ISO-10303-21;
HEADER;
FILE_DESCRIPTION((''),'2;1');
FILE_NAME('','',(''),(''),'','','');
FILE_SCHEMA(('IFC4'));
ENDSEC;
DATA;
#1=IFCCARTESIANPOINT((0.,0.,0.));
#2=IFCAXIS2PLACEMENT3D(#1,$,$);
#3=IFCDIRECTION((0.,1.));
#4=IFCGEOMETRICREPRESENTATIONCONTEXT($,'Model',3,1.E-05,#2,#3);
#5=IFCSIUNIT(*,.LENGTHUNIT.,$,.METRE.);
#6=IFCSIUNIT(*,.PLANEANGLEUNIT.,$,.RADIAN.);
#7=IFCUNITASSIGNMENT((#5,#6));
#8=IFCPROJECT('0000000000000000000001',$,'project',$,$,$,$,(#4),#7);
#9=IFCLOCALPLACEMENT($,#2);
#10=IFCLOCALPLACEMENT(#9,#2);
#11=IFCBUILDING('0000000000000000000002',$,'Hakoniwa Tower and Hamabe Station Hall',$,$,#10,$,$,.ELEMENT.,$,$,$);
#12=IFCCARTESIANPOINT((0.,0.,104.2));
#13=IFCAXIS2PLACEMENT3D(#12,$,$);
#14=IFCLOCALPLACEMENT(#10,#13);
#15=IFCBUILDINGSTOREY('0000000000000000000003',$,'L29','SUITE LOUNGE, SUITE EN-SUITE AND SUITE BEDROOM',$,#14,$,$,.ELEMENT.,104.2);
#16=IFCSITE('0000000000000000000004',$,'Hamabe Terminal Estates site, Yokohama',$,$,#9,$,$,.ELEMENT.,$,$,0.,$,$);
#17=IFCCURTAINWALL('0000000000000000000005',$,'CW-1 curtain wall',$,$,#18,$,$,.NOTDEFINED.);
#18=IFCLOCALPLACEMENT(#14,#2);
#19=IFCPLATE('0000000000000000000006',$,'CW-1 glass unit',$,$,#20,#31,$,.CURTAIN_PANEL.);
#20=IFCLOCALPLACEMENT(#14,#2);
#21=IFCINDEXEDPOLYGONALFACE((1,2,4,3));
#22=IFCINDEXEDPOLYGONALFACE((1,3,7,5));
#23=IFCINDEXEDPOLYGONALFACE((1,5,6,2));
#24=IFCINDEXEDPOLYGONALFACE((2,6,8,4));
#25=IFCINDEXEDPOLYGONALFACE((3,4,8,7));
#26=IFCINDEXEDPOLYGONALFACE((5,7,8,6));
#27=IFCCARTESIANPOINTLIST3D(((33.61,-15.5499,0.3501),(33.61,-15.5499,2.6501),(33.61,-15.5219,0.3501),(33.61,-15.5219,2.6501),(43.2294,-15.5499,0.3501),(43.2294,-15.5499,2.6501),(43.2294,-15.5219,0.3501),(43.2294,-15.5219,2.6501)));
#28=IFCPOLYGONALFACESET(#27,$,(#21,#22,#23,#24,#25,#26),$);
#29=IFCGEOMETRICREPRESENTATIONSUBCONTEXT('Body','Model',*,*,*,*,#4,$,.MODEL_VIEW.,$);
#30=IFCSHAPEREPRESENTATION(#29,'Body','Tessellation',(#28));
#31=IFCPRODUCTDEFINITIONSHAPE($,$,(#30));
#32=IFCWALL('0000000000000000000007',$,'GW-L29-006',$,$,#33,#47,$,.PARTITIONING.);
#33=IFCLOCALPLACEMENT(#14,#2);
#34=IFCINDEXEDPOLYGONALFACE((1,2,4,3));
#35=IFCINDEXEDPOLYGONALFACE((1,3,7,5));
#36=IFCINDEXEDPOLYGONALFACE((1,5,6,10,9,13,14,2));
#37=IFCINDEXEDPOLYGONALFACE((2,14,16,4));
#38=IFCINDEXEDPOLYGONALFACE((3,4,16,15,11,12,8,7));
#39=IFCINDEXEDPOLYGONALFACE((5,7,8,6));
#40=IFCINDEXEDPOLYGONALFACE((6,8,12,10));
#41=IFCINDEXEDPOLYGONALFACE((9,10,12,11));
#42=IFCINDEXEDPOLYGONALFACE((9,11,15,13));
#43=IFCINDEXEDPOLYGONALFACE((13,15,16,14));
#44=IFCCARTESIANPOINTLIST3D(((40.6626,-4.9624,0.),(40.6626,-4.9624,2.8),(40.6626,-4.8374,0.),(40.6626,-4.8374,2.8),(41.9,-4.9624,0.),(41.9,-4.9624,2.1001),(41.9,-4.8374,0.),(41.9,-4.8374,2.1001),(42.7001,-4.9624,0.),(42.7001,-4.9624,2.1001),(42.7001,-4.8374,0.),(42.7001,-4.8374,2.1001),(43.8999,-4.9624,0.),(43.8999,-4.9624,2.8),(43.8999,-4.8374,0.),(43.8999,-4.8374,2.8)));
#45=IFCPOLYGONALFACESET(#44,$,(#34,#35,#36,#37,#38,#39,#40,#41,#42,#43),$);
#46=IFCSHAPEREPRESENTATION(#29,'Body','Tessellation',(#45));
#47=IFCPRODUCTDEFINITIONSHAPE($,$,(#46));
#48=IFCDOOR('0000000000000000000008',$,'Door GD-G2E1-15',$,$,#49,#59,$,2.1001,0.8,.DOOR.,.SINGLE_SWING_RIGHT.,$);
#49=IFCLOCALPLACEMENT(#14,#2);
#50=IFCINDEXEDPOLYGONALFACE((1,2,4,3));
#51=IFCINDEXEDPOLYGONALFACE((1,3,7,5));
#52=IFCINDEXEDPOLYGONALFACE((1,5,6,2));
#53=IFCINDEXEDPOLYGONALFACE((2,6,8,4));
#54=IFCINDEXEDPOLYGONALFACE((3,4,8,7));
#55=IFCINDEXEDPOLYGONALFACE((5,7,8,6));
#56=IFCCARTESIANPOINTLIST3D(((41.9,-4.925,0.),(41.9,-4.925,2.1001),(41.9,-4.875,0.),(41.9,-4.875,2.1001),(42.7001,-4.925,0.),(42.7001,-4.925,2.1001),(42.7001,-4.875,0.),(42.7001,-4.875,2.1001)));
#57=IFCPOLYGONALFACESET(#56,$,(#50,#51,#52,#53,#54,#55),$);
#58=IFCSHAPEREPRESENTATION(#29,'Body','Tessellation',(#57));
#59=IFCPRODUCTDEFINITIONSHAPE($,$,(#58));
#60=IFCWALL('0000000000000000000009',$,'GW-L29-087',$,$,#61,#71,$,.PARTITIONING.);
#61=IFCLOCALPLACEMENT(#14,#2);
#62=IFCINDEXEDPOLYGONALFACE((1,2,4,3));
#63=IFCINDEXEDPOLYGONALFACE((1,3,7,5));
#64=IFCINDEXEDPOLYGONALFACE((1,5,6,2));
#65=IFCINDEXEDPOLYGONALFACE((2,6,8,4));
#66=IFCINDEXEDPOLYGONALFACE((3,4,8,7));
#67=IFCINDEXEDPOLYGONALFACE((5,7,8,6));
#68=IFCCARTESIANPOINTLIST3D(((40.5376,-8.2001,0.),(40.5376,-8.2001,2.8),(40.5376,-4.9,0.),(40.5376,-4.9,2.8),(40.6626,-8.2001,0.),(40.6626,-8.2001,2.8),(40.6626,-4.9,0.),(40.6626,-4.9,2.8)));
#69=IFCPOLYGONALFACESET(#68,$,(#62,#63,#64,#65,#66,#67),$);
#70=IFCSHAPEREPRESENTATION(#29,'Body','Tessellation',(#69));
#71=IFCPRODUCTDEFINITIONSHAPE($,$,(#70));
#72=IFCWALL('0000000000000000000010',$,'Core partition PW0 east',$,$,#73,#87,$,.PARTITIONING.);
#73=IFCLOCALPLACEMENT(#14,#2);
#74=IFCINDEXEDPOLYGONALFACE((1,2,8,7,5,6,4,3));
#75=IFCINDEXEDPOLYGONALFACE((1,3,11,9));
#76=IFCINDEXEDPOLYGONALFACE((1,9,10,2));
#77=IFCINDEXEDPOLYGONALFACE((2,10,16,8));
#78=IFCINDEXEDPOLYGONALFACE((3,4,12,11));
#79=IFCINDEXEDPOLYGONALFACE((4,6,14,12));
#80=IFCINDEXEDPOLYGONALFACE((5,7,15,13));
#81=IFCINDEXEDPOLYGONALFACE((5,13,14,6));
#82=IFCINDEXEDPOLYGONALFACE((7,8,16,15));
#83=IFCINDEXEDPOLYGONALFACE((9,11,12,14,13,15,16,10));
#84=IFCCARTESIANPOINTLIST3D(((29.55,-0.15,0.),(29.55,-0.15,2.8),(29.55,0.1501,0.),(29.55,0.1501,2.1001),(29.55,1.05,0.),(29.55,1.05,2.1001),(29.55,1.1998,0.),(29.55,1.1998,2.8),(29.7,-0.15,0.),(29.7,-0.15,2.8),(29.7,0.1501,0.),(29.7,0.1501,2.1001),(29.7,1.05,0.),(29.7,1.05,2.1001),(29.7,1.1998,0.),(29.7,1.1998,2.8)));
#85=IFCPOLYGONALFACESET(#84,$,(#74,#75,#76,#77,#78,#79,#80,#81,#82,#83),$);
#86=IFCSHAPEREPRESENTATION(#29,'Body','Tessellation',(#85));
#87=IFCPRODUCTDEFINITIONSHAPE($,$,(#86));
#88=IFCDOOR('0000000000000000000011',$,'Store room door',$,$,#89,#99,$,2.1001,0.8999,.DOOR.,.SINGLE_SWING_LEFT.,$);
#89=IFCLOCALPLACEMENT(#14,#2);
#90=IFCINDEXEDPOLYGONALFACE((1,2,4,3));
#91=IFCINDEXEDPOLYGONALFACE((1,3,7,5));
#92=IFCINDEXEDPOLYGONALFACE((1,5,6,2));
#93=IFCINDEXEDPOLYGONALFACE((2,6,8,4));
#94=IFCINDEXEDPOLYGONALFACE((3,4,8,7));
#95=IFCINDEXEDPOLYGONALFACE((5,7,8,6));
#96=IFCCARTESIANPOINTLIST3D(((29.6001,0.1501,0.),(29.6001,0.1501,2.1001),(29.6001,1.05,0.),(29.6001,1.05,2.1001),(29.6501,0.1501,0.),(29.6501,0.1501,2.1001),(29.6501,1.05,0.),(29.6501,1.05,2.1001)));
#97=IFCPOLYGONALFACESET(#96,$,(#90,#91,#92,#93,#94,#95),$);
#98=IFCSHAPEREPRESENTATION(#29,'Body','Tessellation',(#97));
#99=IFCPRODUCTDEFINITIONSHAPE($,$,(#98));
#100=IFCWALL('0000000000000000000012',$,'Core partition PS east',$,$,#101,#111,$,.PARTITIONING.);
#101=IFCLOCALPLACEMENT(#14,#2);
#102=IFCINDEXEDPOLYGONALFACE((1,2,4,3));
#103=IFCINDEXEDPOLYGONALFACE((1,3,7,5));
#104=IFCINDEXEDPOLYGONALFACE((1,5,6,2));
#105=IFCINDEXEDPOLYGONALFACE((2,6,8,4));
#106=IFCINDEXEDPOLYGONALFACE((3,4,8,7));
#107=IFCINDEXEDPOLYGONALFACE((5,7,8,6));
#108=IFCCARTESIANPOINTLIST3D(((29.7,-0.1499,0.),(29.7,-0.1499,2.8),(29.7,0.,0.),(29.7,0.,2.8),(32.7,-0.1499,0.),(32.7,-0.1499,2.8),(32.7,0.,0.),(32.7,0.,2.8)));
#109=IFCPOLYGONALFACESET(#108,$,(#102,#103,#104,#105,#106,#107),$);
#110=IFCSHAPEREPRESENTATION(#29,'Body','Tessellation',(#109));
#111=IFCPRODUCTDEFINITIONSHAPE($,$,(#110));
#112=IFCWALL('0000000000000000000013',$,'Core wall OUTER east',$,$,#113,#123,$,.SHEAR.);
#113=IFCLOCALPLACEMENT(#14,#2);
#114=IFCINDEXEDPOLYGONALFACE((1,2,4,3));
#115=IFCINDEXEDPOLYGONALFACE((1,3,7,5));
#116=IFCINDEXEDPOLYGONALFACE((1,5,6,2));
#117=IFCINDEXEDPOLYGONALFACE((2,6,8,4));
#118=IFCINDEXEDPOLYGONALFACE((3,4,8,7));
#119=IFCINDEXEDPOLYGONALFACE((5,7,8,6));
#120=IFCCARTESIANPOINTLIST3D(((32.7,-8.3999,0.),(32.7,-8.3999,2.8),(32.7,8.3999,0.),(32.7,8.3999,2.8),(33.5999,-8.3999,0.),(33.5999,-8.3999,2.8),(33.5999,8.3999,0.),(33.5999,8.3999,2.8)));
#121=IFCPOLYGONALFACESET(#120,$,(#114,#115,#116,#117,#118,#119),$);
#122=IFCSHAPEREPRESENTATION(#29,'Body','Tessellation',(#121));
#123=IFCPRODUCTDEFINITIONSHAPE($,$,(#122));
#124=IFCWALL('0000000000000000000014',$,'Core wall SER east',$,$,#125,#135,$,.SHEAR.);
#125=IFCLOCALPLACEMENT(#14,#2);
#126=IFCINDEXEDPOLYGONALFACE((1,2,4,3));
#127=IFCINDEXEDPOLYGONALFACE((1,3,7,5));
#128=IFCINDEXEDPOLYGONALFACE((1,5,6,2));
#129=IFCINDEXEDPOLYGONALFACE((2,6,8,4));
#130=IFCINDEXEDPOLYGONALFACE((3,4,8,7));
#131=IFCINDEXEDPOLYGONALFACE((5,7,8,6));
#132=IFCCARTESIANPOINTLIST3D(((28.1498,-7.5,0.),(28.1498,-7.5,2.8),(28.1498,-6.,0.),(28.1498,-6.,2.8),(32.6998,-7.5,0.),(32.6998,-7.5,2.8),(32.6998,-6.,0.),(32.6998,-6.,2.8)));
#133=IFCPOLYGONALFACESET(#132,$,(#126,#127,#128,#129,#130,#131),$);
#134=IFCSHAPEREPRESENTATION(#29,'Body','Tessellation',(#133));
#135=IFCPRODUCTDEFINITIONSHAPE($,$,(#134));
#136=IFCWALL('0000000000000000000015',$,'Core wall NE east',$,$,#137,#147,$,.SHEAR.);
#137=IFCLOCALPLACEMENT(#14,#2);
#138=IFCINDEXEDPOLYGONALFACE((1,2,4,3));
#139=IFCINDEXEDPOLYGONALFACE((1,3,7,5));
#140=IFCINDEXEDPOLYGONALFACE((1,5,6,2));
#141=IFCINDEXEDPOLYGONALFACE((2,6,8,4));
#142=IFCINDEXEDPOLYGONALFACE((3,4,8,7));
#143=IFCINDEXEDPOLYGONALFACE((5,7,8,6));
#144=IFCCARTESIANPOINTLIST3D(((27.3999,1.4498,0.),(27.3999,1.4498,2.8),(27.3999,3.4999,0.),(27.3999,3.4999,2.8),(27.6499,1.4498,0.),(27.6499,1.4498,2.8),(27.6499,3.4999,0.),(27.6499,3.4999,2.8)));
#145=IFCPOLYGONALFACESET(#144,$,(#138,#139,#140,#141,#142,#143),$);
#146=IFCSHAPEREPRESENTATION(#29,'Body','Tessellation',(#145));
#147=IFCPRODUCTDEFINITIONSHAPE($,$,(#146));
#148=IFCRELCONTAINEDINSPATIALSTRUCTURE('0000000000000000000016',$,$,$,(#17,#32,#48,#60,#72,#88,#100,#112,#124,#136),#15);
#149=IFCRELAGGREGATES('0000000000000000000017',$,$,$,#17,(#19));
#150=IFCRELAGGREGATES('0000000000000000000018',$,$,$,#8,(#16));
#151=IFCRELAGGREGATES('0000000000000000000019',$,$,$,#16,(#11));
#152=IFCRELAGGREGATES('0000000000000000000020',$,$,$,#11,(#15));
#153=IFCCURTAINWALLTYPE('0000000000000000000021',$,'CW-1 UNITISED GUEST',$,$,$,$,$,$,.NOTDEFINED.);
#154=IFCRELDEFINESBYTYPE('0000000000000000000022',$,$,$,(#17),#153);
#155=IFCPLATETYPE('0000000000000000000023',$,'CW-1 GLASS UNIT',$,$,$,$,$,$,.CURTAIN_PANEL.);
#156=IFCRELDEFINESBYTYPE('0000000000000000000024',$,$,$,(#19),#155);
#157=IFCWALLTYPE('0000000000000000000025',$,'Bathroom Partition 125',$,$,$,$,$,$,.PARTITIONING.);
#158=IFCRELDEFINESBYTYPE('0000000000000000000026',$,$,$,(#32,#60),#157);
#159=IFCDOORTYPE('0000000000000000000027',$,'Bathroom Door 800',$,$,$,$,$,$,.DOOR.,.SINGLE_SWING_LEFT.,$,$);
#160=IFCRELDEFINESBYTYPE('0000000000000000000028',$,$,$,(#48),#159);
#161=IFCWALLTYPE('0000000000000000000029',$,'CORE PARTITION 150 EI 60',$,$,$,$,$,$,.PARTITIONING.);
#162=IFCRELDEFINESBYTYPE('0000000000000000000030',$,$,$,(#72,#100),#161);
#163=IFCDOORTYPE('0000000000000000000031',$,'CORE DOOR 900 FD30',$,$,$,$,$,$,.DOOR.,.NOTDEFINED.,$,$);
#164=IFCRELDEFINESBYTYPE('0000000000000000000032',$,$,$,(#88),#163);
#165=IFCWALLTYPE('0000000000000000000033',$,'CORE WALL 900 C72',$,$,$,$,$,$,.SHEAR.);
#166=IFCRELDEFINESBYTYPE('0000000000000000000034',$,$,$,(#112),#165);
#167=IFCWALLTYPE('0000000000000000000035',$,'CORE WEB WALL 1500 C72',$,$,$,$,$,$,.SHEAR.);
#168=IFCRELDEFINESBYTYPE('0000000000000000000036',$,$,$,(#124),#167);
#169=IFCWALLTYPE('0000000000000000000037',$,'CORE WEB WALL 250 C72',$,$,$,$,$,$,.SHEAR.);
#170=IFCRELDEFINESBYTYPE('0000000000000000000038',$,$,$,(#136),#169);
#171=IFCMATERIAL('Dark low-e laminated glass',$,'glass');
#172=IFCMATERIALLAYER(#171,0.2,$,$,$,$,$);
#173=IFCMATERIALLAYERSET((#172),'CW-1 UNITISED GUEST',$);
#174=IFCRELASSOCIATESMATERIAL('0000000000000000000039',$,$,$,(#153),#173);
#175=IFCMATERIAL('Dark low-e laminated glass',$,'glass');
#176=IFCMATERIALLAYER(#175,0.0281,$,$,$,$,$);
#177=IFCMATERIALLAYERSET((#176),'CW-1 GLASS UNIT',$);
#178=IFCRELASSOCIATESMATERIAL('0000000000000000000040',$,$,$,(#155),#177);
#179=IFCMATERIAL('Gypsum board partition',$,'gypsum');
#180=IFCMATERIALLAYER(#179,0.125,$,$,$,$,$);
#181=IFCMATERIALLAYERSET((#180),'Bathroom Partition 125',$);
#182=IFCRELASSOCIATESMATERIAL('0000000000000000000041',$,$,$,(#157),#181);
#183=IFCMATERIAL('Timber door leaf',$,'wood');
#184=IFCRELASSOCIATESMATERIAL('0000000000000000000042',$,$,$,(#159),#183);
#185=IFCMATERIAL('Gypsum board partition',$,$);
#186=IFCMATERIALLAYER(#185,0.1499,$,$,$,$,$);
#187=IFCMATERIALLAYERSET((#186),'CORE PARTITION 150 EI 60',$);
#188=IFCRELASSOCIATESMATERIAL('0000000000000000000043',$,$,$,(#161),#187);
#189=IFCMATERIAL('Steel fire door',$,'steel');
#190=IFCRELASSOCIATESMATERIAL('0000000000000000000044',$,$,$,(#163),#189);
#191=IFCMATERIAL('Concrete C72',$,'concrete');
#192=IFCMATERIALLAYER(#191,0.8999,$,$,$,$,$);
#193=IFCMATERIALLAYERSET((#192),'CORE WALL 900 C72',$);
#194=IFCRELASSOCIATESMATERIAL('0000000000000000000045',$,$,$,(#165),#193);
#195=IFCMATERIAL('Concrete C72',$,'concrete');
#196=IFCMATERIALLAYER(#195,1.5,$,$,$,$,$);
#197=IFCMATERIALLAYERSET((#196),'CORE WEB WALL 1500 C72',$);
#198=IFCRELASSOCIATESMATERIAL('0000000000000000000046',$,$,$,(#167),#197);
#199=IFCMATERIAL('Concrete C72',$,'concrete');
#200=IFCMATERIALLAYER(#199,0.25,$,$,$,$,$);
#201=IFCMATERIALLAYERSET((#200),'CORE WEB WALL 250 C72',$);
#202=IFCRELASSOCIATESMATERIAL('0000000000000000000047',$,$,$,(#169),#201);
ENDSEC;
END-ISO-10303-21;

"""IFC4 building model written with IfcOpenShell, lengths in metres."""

from ifc_helpers import new_model, si_unit, direction, frame, frame_2d, origin, origin_2d, place, context, subcontext, project, spatial, rectangle, extrude, material, layer, layer_set, type_object, element, fill, aggregate, save


model = new_model("IFC4")

# Units and contexts
model_context = context("Model", 3, precision=1e-05, world=origin(), true_north=direction((0.0, 1.0)))
body_context = subcontext(model_context, "Body", "Model", "MODEL_VIEW")
ifc_project = project(units=[si_unit("LENGTHUNIT", "METRE"), si_unit("PLANEANGLEUNIT", "RADIAN")], contexts=[model_context])

# Site, building, storey
site_placement = place(None, origin())
site = spatial("IfcSite", under=ifc_project, at=site_placement, Name="Hamabe Terminal Estates site, Yokohama", CompositionType="ELEMENT", RefElevation=0.0)
building_placement = place(site_placement, origin())
building = spatial("IfcBuilding", under=site, at=building_placement, Name="Hakoniwa Tower and Hamabe Station Hall", CompositionType="ELEMENT")
storey_placement = place(building_placement, frame((0.0, 0.0, 104.2)))
storey = spatial("IfcBuildingStorey", under=building, at=storey_placement, Name="L29", Description="SUITE LOUNGE, SUITE EN-SUITE AND SUITE BEDROOM", CompositionType="ELEMENT", Elevation=104.2)

# Curtain wall
ifc_material_1 = material(Name="Dark low-e laminated glass", Category="glass")
ifc_layer_1 = layer(ifc_material_1, 0.2)
ifc_layer_set_1 = layer_set([ifc_layer_1], Name="CW-1 UNITISED GUEST")
curtain_wall_type = type_object("IfcCurtainWallType", Name="CW-1 UNITISED GUEST", PredefinedType="NOTDEFINED", material=ifc_layer_set_1)
curtain_wall_1_placement = place(storey_placement, origin())
curtain_wall_1 = element("IfcCurtainWall", 1, at=curtain_wall_1_placement, inside=storey, type_object=curtain_wall_type, Name="CW-1 curtain wall", PredefinedType="NOTDEFINED")

# Plate
ifc_material_2 = material(Name="Dark low-e laminated glass", Category="glass")
ifc_layer_2 = layer(ifc_material_2, 0.0281)
ifc_layer_set_2 = layer_set([ifc_layer_2], Name="CW-1 GLASS UNIT")
plate_type = type_object("IfcPlateType", Name="CW-1 GLASS UNIT", PredefinedType="CURTAIN_PANEL", material=ifc_layer_set_2)
plate_1_placement = place(storey_placement, frame((38.4197, -15.5359, 0.3501), z_axis=(0.0, 0.0, 1.0), x_axis=(1.0, 0.0, 0.0)))
plate_1 = element("IfcPlate", 2, at=plate_1_placement, type_object=plate_type, Name="CW-1 glass unit", PredefinedType="CURTAIN_PANEL", context=body_context, shape_type="SweptSolid", body=[
    extrude(rectangle(XDim=9.6194, YDim=0.0281, at=origin_2d()), origin(), (0.0, 0.0, 1.0), 2.3),
])
aggregate(curtain_wall_1, [plate_1])

# Wall, opening, door
ifc_material_3 = material(Name="Gypsum board partition", Category="gypsum")
ifc_layer_3 = layer(ifc_material_3, 0.125)
ifc_layer_set_3 = layer_set([ifc_layer_3], Name="Bathroom Partition 125")
wall_type_1 = type_object("IfcWallType", Name="Bathroom Partition 125", PredefinedType="PARTITIONING", material=ifc_layer_set_3)
wall_1_placement = place(storey_placement, frame((40.6626, -4.8999, 0.0), z_axis=(0.0, 0.0, 1.0), x_axis=(1.0, 0.0, 0.0)))
wall_1 = element("IfcWall", 3, at=wall_1_placement, inside=storey, type_object=wall_type_1, Name="GW-L29-006", PredefinedType="PARTITIONING", context=body_context, shape_type="SweptSolid", body=[
    extrude(rectangle(XDim=3.2373, YDim=0.125, at=frame_2d((1.6187, 0.0))), origin(), (0.0, 0.0, 1.0), 2.8),
])
opening_1_placement = place(wall_1_placement, frame((1.2375, 0.0, 0.0)))
opening_1 = element("IfcOpeningElement", 4, at=opening_1_placement, cuts=wall_1, PredefinedType="OPENING", context=body_context, shape_type="SweptSolid", body=[
    extrude(rectangle(XDim=0.8, YDim=2.1001, at=frame_2d((0.3999, 1.05))), frame((0.0, 0.0725, 0.0), z_axis=(0.0, -1.0, 0.0), x_axis=(1.0, 0.0, 0.0)), (0.0, 0.0, 1.0), 0.145),
])
ifc_material_4 = material(Name="Timber door leaf", Category="wood")
door_type_1 = type_object("IfcDoorType", Name="Bathroom Door 800", OperationType="SINGLE_SWING_LEFT", PredefinedType="DOOR", material=ifc_material_4)
door_1_placement = place(opening_1_placement, origin())
door_1 = element("IfcDoor", 5, at=door_1_placement, inside=storey, type_object=door_type_1, Name="Door GD-G2E1-15", OperationType="SINGLE_SWING_RIGHT", OverallHeight=2.1001, OverallWidth=0.8, PredefinedType="DOOR", context=body_context, shape_type="SweptSolid", body=[
    extrude(rectangle(XDim=0.8, YDim=2.1001, at=frame_2d((0.3999, 1.05))), frame((0.0, 0.0249, 0.0), z_axis=(0.0, -1.0, 0.0), x_axis=(1.0, 0.0, 0.0)), (0.0, 0.0, 1.0), 0.05),
])
fill(opening_1, door_1)

# Wall
wall_2_placement = place(storey_placement, frame((40.6001, -8.2, 0.0), z_axis=(0.0, 0.0, 1.0), x_axis=(0.0, 1.0, 0.0)))
element("IfcWall", 6, at=wall_2_placement, inside=storey, type_object=wall_type_1, Name="GW-L29-087", PredefinedType="PARTITIONING", context=body_context, shape_type="SweptSolid", body=[
    extrude(rectangle(XDim=3.3, YDim=0.125, at=frame_2d((1.6499, 0.0))), origin(), (0.0, 0.0, 1.0), 2.8),
])

# Wall, opening, door
ifc_material_5 = material(Name="Gypsum board partition")
ifc_layer_4 = layer(ifc_material_5, 0.1499)
ifc_layer_set_4 = layer_set([ifc_layer_4], Name="CORE PARTITION 150 EI 60")
wall_type_2 = type_object("IfcWallType", Name="CORE PARTITION 150 EI 60", PredefinedType="PARTITIONING", material=ifc_layer_set_4)
wall_3_placement = place(storey_placement, frame((29.625, -0.1499, 0.0), z_axis=(0.0, 0.0, 1.0), x_axis=(0.0, 1.0, 0.0)))
wall_3 = element("IfcWall", 7, at=wall_3_placement, inside=storey, type_object=wall_type_2, Name="Core partition PW0 east", PredefinedType="PARTITIONING", context=body_context, shape_type="SweptSolid", body=[
    extrude(rectangle(XDim=1.3499, YDim=0.1499, at=frame_2d((0.6748, 0.0))), origin(), (0.0, 0.0, 1.0), 2.8),
])
opening_2_placement = place(wall_3_placement, frame((0.3, 0.0, 0.0)))
opening_2 = element("IfcOpeningElement", 8, at=opening_2_placement, cuts=wall_3, PredefinedType="OPENING", context=body_context, shape_type="SweptSolid", body=[
    extrude(rectangle(XDim=0.8999, YDim=2.1001, at=frame_2d((0.45, 1.05))), frame((0.0, 0.085, 0.0), z_axis=(0.0, -1.0, 0.0), x_axis=(1.0, 0.0, 0.0)), (0.0, 0.0, 1.0), 0.1699),
])
ifc_material_6 = material(Name="Steel fire door", Category="steel")
door_type_2 = type_object("IfcDoorType", Name="CORE DOOR 900 FD30", OperationType="NOTDEFINED", PredefinedType="DOOR", material=ifc_material_6)
door_2_placement = place(opening_2_placement, origin())
door_2 = element("IfcDoor", 9, at=door_2_placement, inside=storey, type_object=door_type_2, Name="Store room door", OperationType="SINGLE_SWING_LEFT", OverallHeight=2.1001, OverallWidth=0.8999, PredefinedType="DOOR", context=body_context, shape_type="SweptSolid", body=[
    extrude(rectangle(XDim=0.8999, YDim=2.1001, at=frame_2d((0.45, 1.05))), frame((0.0, 0.0249, 0.0), z_axis=(0.0, -1.0, 0.0), x_axis=(1.0, 0.0, 0.0)), (0.0, 0.0, 1.0), 0.05),
])
fill(opening_2, door_2)

# Walls
wall_4_placement = place(storey_placement, frame((29.7, -0.075, 0.0), z_axis=(0.0, 0.0, 1.0), x_axis=(1.0, 0.0, 0.0)))
element("IfcWall", 10, at=wall_4_placement, inside=storey, type_object=wall_type_2, Name="Core partition PS east", PredefinedType="PARTITIONING", context=body_context, shape_type="SweptSolid", body=[
    extrude(rectangle(XDim=3.0, YDim=0.1499, at=frame_2d((1.5, 0.0))), origin(), (0.0, 0.0, 1.0), 2.8),
])
ifc_material_7 = material(Name="Concrete C72", Category="concrete")
ifc_layer_5 = layer(ifc_material_7, 0.8999)
ifc_layer_set_5 = layer_set([ifc_layer_5], Name="CORE WALL 900 C72")
wall_type_3 = type_object("IfcWallType", Name="CORE WALL 900 C72", PredefinedType="SHEAR", material=ifc_layer_set_5)
wall_5_placement = place(storey_placement, frame((33.1499, -8.3999, 0.0), z_axis=(0.0, 0.0, 1.0), x_axis=(0.0, 1.0, 0.0)))
element("IfcWall", 11, at=wall_5_placement, inside=storey, type_object=wall_type_3, Name="Core wall OUTER east", PredefinedType="SHEAR", context=body_context, shape_type="SweptSolid", body=[
    extrude(rectangle(XDim=16.7998, YDim=0.8999, at=frame_2d((8.3999, 0.0))), origin(), (0.0, 0.0, 1.0), 2.8),
])
ifc_material_8 = material(Name="Concrete C72", Category="concrete")
ifc_layer_6 = layer(ifc_material_8, 1.5)
ifc_layer_set_6 = layer_set([ifc_layer_6], Name="CORE WEB WALL 1500 C72")
wall_type_4 = type_object("IfcWallType", Name="CORE WEB WALL 1500 C72", PredefinedType="SHEAR", material=ifc_layer_set_6)
wall_6_placement = place(storey_placement, frame((28.1499, -6.75, 0.0), z_axis=(0.0, 0.0, 1.0), x_axis=(1.0, 0.0, 0.0)))
element("IfcWall", 12, at=wall_6_placement, inside=storey, type_object=wall_type_4, Name="Core wall SER east", PredefinedType="SHEAR", context=body_context, shape_type="SweptSolid", body=[
    extrude(rectangle(XDim=4.55, YDim=1.5, at=frame_2d((2.2749, 0.0))), origin(), (0.0, 0.0, 1.0), 2.8),
])
ifc_material_9 = material(Name="Concrete C72", Category="concrete")
ifc_layer_7 = layer(ifc_material_9, 0.25)
ifc_layer_set_7 = layer_set([ifc_layer_7], Name="CORE WEB WALL 250 C72")
wall_type_5 = type_object("IfcWallType", Name="CORE WEB WALL 250 C72", PredefinedType="SHEAR", material=ifc_layer_set_7)
wall_7_placement = place(storey_placement, frame((27.5249, 1.45, 0.0), z_axis=(0.0, 0.0, 1.0), x_axis=(0.0, 1.0, 0.0)))
element("IfcWall", 13, at=wall_7_placement, inside=storey, type_object=wall_type_5, Name="Core wall NE east", PredefinedType="SHEAR", context=body_context, shape_type="SweptSolid", body=[
    extrude(rectangle(XDim=2.05, YDim=0.25, at=frame_2d((1.0249, 0.0))), origin(), (0.0, 0.0, 1.0), 2.8),
])

save(model, "model.ifc")
